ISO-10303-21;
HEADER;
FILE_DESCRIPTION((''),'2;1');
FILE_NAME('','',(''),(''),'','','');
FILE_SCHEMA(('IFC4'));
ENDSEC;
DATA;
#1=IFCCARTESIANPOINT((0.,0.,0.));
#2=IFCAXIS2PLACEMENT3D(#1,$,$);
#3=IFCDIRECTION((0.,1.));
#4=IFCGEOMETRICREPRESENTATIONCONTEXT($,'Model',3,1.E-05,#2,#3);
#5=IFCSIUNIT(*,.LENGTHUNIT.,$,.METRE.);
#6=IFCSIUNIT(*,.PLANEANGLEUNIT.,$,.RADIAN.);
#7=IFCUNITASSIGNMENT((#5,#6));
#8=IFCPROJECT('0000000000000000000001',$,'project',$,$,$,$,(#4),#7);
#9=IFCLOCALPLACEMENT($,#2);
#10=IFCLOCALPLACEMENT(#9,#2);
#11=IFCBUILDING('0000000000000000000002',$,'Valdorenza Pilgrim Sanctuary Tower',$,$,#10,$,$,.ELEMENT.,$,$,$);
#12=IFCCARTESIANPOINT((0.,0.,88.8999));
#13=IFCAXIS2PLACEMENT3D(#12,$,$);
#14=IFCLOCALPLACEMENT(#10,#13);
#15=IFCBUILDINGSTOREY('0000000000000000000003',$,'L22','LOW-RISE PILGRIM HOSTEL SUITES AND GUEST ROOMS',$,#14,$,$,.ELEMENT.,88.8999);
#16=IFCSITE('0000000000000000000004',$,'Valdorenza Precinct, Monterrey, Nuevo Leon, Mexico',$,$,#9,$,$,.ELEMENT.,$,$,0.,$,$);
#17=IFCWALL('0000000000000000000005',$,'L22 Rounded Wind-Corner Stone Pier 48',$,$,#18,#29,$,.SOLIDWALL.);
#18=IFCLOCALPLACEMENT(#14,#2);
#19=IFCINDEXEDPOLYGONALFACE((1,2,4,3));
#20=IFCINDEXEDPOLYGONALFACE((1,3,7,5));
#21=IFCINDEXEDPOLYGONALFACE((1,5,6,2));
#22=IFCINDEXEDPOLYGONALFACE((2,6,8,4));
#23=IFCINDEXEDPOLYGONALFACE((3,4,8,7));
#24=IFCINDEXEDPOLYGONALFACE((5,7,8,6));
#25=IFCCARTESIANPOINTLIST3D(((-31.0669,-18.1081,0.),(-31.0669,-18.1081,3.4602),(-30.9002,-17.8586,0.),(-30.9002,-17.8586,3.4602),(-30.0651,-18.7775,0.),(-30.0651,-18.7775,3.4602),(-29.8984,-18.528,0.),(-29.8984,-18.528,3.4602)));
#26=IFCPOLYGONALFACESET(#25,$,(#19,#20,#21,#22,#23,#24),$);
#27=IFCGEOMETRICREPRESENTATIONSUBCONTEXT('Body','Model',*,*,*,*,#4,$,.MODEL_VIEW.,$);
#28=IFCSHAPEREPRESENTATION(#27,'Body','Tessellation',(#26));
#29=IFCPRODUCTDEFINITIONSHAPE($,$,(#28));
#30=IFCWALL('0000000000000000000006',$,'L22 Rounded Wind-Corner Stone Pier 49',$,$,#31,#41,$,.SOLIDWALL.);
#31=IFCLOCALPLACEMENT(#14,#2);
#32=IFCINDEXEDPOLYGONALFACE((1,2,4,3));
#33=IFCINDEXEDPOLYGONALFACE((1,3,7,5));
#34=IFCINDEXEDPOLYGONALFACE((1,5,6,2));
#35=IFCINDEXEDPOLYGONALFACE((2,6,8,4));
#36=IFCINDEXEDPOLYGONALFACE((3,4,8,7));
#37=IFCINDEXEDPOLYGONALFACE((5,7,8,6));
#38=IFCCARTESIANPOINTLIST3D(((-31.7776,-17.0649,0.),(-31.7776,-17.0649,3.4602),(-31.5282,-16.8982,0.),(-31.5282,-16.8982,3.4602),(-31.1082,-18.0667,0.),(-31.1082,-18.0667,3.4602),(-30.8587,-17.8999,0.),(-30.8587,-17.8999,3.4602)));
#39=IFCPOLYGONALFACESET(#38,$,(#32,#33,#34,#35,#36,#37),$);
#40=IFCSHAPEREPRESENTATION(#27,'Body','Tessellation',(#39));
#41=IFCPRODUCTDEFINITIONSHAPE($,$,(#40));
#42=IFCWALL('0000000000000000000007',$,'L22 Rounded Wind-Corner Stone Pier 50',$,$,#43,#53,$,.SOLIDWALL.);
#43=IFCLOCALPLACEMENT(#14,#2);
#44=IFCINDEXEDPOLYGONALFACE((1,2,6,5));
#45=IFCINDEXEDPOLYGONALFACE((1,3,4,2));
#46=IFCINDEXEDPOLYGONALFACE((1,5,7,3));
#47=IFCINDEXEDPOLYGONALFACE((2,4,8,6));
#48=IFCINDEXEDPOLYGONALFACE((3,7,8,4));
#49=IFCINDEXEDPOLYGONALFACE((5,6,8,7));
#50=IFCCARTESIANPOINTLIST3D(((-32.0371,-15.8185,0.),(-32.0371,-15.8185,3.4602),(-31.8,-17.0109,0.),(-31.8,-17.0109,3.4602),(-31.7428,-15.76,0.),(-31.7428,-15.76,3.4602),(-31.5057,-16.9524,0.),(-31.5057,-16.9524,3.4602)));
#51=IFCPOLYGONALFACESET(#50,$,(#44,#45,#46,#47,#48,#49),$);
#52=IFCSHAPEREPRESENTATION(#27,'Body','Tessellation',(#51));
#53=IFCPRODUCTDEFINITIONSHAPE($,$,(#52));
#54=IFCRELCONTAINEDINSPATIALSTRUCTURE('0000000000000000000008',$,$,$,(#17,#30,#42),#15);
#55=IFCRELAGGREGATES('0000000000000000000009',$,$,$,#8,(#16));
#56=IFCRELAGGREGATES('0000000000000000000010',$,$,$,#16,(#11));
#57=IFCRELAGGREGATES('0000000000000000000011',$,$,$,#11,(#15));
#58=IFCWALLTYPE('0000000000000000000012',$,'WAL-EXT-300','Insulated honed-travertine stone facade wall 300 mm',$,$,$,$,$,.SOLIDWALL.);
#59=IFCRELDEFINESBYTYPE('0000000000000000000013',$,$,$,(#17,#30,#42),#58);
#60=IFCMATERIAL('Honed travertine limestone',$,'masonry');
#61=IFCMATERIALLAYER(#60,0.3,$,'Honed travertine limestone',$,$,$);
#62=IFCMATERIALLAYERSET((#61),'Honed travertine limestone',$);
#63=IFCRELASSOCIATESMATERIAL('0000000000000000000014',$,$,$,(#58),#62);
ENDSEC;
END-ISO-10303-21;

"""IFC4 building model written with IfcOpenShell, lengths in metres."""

from ifc_helpers import new_model, si_unit, direction, frame, frame_2d, origin, place, context, subcontext, project, spatial, rectangle, extrude, material, layer, layer_set, type_object, element, save


model = new_model("IFC4")

# Units and contexts
model_context = context("Model", 3, precision=1e-05, world=origin(), true_north=direction((0.0, 1.0)))
body_context = subcontext(model_context, "Body", "Model", "MODEL_VIEW")
ifc_project = project(units=[si_unit("LENGTHUNIT", "METRE"), si_unit("PLANEANGLEUNIT", "RADIAN")], contexts=[model_context])

# Site, building, storey
site_placement = place(None, origin())
site = spatial("IfcSite", under=ifc_project, at=site_placement, Name="Valdorenza Precinct, Monterrey, Nuevo Leon, Mexico", CompositionType="ELEMENT", RefElevation=0.0)
building_placement = place(site_placement, origin())
building = spatial("IfcBuilding", under=site, at=building_placement, Name="Valdorenza Pilgrim Sanctuary Tower", CompositionType="ELEMENT")
storey_placement = place(building_placement, frame((0.0, 0.0, 88.8999)))
storey = spatial("IfcBuildingStorey", under=building, at=storey_placement, Name="L22", Description="LOW-RISE PILGRIM HOSTEL SUITES AND GUEST ROOMS", CompositionType="ELEMENT", Elevation=88.8999)

# Shared definitions
ifc_material_1 = material(Name="Honed travertine limestone", Category="masonry")

# Walls
ifc_layer_1 = layer(ifc_material_1, 0.3, Name="Honed travertine limestone")
ifc_layer_set_1 = layer_set([ifc_layer_1], Name="Honed travertine limestone")
wall_type_1 = type_object("IfcWallType", Name="WAL-EXT-300", Description="Insulated honed-travertine stone facade wall 300 mm", PredefinedType="SOLIDWALL", material=ifc_layer_set_1)
for number, where, z_axis, x_axis, name in (
    (1, (-29.9817, -18.6528, 0.0), (0.0, 0.0, 1.0), (-0.831426, 0.555635, 0.0), "L22 Rounded Wind-Corner Stone Pier 48"),
    (2, (-30.9834, -17.9834, 0.0), (0.0, 0.0, 1.0), (-0.555635, 0.831426, 0.0), "L22 Rounded Wind-Corner Stone Pier 49"),
):
    element("IfcWall", number, at=place(storey_placement, frame(where, z_axis=z_axis, x_axis=x_axis)), inside=storey, type_object=wall_type_1, Name=name, PredefinedType="SOLIDWALL", context=body_context, shape_type="SweptSolid", body=[
        extrude(rectangle(XDim=1.2048, YDim=0.3, at=frame_2d((0.6025, 0.0))), origin(), (0.0, 0.0, 1.0), 3.4602),
    ])
wall_1_placement = place(storey_placement, frame((-31.6528, -16.9817, 0.0), z_axis=(0.0, 0.0, 1.0), x_axis=(-0.194996, 0.980804, 0.0)))
element("IfcWall", 3, at=wall_1_placement, inside=storey, type_object=wall_type_1, Name="L22 Rounded Wind-Corner Stone Pier 50", PredefinedType="SOLIDWALL", context=body_context, shape_type="SweptSolid", body=[
    extrude(rectangle(XDim=1.2158, YDim=0.3, at=frame_2d((0.6079, 0.0))), origin(), (0.0, 0.0, 1.0), 3.4602),
])

save(model, "model.ifc")
